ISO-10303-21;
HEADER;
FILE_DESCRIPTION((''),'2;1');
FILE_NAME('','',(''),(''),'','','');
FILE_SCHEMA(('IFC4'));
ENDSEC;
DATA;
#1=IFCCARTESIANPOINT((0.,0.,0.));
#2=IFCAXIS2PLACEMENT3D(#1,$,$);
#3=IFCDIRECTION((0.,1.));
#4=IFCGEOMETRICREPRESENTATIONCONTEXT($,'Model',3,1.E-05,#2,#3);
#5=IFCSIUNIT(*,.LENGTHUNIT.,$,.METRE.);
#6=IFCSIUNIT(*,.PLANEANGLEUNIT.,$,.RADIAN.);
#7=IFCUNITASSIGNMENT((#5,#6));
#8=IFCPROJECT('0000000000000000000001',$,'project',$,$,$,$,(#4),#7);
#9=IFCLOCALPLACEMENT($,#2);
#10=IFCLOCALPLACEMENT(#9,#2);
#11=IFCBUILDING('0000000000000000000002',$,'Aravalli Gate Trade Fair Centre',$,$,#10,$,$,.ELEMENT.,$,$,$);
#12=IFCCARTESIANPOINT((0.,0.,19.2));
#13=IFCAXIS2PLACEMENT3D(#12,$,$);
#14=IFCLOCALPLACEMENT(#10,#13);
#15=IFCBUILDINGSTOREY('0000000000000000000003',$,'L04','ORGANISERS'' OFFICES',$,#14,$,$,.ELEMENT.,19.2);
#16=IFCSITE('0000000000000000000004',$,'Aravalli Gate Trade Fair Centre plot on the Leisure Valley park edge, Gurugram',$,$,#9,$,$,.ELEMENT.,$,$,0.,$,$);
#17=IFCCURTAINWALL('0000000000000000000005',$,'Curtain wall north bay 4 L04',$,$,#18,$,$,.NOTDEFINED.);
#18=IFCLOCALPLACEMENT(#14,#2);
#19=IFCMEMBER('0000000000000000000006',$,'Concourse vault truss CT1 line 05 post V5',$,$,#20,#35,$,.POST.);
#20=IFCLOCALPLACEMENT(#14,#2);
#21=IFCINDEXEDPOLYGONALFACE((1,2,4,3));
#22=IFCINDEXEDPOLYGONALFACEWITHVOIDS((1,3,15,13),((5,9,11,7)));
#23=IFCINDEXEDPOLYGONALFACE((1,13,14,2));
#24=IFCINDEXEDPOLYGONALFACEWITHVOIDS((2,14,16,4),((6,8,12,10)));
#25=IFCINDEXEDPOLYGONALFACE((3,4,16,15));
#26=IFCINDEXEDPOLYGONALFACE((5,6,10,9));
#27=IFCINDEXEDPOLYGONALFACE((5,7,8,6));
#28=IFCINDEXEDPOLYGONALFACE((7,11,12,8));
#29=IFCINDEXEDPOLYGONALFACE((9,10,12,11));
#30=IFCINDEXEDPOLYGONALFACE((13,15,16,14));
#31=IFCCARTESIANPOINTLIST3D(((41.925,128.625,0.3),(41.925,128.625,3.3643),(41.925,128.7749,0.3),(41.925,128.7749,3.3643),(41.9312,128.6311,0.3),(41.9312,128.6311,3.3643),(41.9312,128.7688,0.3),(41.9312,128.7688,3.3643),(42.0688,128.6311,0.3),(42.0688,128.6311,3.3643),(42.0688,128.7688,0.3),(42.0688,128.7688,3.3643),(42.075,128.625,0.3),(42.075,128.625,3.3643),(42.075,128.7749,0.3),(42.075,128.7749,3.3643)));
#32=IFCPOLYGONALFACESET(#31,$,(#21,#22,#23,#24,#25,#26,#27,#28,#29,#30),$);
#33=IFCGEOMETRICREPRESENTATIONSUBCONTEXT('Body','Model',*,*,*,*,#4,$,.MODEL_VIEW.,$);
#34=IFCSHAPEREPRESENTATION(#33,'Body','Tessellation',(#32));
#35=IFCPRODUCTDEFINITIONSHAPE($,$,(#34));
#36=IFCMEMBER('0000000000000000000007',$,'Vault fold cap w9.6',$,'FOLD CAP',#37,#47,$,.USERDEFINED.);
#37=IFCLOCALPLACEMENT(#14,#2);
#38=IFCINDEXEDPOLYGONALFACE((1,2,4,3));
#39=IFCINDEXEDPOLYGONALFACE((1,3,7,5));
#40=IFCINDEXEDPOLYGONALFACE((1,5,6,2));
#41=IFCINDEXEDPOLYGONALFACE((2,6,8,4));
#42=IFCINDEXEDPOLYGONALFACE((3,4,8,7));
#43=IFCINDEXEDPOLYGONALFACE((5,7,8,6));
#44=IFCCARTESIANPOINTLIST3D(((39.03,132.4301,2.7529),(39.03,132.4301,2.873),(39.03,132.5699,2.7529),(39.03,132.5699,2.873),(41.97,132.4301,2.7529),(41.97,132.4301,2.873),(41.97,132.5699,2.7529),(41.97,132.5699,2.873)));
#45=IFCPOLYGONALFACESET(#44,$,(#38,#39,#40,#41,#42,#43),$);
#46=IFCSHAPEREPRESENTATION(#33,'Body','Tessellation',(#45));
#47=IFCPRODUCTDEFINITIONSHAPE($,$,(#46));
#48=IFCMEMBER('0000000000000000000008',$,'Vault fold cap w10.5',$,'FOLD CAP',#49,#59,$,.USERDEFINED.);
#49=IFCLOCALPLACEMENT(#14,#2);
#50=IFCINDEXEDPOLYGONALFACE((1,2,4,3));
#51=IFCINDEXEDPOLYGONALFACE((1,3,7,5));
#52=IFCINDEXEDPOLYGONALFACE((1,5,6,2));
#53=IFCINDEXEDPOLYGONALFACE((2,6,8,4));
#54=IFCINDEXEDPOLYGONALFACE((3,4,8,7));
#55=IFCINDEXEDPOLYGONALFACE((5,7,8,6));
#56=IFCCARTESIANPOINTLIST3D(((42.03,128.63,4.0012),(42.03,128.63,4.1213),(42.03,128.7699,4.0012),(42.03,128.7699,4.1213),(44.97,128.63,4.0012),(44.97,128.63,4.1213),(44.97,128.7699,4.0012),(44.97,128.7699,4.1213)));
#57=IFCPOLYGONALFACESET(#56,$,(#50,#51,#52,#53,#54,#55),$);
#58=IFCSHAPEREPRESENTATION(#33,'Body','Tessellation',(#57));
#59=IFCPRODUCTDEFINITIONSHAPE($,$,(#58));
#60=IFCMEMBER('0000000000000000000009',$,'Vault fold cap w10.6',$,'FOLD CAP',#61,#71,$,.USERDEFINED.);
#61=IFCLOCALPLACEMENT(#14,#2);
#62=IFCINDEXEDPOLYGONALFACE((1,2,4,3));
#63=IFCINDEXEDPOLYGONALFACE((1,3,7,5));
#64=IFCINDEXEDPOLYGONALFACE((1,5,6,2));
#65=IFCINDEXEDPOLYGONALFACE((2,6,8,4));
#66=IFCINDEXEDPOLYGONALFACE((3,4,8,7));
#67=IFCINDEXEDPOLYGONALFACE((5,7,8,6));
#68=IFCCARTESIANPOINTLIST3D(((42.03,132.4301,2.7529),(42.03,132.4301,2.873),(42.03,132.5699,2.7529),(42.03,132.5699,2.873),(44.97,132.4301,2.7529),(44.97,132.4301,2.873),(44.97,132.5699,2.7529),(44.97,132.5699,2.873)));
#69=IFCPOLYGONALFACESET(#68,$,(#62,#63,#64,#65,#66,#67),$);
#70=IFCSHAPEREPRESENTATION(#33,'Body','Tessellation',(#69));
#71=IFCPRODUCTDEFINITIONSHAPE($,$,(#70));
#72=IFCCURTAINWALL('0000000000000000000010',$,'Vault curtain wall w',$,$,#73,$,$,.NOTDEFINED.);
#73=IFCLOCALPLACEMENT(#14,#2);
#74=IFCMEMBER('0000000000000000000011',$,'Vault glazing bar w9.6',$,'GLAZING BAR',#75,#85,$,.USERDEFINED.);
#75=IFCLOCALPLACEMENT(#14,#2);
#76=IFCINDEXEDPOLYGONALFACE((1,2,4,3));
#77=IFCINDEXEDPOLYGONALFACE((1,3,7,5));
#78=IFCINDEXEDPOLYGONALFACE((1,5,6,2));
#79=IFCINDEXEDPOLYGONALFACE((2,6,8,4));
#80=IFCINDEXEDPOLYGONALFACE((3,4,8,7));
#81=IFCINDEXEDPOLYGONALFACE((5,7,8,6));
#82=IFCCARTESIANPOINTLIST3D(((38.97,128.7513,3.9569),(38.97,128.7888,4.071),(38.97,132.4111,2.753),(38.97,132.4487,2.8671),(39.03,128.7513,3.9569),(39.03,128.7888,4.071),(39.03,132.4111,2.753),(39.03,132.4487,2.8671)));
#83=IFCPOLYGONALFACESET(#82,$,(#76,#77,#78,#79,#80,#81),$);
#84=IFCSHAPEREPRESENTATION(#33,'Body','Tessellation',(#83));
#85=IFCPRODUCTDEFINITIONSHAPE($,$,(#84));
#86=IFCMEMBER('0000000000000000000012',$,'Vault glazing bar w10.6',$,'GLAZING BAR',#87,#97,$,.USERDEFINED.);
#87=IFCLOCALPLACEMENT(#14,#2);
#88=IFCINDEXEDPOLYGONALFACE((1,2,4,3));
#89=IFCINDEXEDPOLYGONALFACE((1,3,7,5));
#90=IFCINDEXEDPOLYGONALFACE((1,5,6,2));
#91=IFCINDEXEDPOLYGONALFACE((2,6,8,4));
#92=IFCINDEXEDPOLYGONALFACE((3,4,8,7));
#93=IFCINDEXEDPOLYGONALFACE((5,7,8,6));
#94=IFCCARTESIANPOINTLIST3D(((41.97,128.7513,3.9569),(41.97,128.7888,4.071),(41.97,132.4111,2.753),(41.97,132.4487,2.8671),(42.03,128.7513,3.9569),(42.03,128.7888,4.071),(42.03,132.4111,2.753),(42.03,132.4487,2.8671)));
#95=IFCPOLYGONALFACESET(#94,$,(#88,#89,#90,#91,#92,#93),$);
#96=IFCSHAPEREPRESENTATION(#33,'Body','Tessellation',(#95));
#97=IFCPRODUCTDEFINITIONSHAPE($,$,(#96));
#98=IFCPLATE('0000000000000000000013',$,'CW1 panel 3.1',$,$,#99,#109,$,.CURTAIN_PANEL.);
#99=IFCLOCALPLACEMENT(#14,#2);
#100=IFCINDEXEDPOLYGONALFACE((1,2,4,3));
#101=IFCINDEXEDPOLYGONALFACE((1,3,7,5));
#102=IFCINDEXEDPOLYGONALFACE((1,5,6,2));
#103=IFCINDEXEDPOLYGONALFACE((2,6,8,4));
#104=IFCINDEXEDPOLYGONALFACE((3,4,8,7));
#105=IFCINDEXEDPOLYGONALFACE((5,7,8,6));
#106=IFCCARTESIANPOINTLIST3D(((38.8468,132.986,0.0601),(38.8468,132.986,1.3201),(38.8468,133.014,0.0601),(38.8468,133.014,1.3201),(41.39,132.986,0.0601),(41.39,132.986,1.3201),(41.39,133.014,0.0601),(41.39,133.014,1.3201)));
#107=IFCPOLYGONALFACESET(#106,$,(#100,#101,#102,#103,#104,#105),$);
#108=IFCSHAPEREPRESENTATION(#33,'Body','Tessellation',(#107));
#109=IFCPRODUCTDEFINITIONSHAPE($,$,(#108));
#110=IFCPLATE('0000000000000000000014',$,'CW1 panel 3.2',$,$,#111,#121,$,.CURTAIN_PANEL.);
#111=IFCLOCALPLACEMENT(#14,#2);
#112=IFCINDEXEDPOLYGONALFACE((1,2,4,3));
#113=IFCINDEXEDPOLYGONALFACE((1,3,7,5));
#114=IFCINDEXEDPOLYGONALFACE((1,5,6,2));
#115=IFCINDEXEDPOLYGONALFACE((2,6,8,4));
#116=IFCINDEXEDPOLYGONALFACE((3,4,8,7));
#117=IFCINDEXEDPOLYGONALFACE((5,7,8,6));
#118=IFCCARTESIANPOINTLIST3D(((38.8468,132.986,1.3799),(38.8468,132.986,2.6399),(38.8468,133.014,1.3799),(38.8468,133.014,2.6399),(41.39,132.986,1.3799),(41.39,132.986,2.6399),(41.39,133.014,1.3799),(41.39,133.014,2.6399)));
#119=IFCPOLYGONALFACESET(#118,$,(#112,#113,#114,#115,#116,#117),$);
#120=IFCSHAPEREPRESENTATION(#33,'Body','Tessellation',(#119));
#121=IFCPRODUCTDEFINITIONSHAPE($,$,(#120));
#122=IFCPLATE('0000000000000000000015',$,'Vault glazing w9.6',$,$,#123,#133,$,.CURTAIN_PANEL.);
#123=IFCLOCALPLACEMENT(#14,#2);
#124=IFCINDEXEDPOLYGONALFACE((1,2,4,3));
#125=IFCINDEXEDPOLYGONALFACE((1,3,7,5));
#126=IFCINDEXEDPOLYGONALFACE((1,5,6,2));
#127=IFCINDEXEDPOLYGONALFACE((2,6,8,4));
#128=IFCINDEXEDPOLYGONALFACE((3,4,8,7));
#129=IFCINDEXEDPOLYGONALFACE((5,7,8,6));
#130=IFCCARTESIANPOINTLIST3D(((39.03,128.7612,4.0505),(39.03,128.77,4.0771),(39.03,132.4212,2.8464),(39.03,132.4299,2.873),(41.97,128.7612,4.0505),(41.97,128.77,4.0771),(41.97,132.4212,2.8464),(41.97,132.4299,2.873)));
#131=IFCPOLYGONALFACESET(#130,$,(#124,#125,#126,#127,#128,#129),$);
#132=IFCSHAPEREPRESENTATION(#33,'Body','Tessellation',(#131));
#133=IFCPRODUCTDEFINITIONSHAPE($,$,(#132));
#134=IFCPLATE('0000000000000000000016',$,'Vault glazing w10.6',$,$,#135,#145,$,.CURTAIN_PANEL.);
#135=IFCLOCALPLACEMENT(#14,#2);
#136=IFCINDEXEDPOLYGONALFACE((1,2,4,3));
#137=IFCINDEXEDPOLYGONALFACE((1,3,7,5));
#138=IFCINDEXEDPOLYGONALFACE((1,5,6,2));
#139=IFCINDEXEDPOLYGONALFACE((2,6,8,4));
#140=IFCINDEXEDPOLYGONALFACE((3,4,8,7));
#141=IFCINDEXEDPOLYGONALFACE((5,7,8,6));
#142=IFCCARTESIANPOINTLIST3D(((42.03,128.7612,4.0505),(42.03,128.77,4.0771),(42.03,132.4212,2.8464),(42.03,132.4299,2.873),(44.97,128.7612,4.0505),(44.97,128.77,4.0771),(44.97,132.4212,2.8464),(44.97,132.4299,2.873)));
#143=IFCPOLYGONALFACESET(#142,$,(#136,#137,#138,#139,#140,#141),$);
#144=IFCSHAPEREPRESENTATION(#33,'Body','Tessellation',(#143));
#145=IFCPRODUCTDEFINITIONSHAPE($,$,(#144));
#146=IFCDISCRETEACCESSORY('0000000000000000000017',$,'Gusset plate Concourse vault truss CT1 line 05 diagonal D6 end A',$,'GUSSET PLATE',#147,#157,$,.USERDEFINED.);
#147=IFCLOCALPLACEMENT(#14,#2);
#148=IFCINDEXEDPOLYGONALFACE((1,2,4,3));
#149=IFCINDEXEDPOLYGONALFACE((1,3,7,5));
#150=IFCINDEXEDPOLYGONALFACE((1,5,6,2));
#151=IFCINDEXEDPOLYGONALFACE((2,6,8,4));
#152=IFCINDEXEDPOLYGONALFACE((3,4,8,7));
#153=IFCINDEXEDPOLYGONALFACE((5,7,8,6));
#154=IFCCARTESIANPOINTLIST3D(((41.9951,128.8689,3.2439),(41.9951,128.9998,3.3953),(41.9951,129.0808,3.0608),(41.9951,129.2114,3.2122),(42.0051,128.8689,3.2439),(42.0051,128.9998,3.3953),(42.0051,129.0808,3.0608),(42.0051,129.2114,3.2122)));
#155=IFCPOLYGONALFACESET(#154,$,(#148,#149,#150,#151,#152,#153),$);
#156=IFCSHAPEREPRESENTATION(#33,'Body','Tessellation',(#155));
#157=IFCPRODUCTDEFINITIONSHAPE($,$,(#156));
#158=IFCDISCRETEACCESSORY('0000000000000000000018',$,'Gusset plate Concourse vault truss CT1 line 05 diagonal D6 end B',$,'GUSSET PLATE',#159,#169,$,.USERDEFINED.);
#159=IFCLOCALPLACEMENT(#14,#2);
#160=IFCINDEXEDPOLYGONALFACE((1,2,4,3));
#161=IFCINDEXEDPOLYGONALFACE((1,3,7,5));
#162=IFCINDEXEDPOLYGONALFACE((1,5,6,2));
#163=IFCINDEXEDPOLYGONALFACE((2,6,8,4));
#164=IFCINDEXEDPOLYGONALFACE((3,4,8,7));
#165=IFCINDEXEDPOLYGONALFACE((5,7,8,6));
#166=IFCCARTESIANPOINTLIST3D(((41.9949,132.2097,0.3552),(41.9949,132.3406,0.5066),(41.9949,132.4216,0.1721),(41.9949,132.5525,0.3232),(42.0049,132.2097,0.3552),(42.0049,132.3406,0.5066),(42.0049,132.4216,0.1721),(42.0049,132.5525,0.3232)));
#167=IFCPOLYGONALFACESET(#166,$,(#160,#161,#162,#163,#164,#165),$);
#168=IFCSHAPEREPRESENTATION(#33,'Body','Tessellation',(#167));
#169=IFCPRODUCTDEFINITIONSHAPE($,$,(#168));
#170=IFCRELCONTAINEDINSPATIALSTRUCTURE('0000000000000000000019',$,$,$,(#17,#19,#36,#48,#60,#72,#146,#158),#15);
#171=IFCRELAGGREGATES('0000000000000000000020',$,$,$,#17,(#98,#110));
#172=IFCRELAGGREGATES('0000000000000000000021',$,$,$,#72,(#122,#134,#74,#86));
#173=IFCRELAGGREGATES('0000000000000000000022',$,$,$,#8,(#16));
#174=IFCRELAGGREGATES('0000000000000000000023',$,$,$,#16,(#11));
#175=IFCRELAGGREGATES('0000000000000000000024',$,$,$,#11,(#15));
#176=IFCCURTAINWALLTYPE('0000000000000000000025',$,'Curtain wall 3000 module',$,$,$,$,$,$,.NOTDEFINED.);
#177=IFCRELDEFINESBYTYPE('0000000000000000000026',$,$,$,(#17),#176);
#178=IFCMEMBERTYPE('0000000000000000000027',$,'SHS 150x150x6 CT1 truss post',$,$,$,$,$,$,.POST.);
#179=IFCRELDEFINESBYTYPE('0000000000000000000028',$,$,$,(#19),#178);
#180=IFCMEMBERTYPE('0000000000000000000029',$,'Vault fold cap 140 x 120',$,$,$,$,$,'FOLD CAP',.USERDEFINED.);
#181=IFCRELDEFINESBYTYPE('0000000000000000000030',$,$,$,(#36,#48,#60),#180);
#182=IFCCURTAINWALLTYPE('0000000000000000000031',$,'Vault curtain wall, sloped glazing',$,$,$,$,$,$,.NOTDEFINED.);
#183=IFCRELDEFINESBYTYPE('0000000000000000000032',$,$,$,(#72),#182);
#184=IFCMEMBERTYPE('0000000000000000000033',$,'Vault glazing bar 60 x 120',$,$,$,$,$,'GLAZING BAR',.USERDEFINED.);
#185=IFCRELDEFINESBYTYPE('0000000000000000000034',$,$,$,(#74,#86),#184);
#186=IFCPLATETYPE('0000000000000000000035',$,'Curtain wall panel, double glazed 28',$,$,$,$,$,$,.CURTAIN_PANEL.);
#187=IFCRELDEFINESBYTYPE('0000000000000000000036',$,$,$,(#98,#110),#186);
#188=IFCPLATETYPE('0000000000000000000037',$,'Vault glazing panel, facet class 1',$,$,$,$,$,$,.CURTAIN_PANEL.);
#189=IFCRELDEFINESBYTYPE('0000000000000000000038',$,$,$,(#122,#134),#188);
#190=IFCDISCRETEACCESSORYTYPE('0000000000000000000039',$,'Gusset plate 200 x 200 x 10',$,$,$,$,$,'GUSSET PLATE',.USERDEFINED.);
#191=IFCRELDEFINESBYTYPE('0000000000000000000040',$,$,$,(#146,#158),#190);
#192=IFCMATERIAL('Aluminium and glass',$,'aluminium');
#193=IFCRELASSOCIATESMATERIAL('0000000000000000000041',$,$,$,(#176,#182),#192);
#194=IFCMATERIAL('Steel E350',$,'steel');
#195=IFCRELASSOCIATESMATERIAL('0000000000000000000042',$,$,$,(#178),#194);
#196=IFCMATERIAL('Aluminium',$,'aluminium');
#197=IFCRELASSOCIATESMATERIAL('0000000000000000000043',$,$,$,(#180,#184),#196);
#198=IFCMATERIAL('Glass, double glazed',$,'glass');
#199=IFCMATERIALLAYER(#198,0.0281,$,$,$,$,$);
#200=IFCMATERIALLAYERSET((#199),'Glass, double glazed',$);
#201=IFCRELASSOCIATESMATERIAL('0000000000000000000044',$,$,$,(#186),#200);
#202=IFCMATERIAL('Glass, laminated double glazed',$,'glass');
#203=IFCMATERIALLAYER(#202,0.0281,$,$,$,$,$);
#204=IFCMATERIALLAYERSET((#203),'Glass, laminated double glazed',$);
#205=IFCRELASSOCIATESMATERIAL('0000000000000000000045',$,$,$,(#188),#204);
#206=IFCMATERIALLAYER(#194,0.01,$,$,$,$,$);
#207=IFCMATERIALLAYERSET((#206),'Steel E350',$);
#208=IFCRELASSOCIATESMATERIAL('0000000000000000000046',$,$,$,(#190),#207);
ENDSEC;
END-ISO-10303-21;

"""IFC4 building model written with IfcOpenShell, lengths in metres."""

from ifc_helpers import new_model, si_unit, direction, frame, origin, origin_2d, place, context, subcontext, project, spatial, polyline, rectangle, hollow_rectangle, outline, extrude, material, layer, layer_set, material_profile, profile_set, type_object, element, aggregate, save


model = new_model("IFC4")

# Units and contexts
model_context = context("Model", 3, precision=1e-05, world=origin(), true_north=direction((0.0, 1.0)))
body_context = subcontext(model_context, "Body", "Model", "MODEL_VIEW")
ifc_project = project(units=[si_unit("LENGTHUNIT", "METRE"), si_unit("PLANEANGLEUNIT", "RADIAN")], contexts=[model_context])

# Site, building, storey
site_placement = place(None, origin())
site = spatial("IfcSite", under=ifc_project, at=site_placement, Name="Aravalli Gate Trade Fair Centre plot on the Leisure Valley park edge, Gurugram", CompositionType="ELEMENT", RefElevation=0.0)
building_placement = place(site_placement, origin())
building = spatial("IfcBuilding", under=site, at=building_placement, Name="Aravalli Gate Trade Fair Centre", CompositionType="ELEMENT")
storey_placement = place(building_placement, frame((0.0, 0.0, 19.2)))
storey = spatial("IfcBuildingStorey", under=building, at=storey_placement, Name="L04", Description="ORGANISERS' OFFICES", CompositionType="ELEMENT", Elevation=19.2)

# Curtain wall
ifc_material_1 = material(Name="Aluminium and glass", Category="aluminium")
curtain_wall_type_1 = type_object("IfcCurtainWallType", Name="Curtain wall 3000 module", PredefinedType="NOTDEFINED", material=ifc_material_1)
curtain_wall_1_placement = place(storey_placement, origin())
curtain_wall_1 = element("IfcCurtainWall", 1, at=curtain_wall_1_placement, inside=storey, type_object=curtain_wall_type_1, Name="Curtain wall north bay 4 L04", PredefinedType="NOTDEFINED")
ifc_material_2 = material(Name="Aluminium", Category="aluminium")

# Members
ifc_material_3 = material(Name="Steel E350", Category="steel")
ifc_material_profile_1 = material_profile(ifc_material_3, hollow_rectangle(XDim=0.1499, YDim=0.1499, WallThickness=0.0061, at=origin_2d()), Name="SHS 150x150x6")
ifc_profile_set_1 = profile_set([ifc_material_profile_1], Name="Steel E350")
member_type_1 = type_object("IfcMemberType", Name="SHS 150x150x6 CT1 truss post", PredefinedType="POST", material=ifc_profile_set_1)
member_1_placement = place(storey_placement, frame((42.0, 128.7, 0.3), z_axis=(0.0, 0.0, 1.0), x_axis=(1.0, 0.0, 0.0)))
element("IfcMember", 2, at=member_1_placement, inside=storey, type_object=member_type_1, Name="Concourse vault truss CT1 line 05 post V5", PredefinedType="POST", context=body_context, shape_type="SweptSolid", body=[
    extrude(hollow_rectangle(XDim=0.1499, YDim=0.1499, WallThickness=0.0061, at=origin_2d()), origin(), (0.0, 0.0, 1.0), 3.0642),
])
ifc_material_profile_2 = material_profile(ifc_material_2, rectangle(XDim=0.1399, YDim=0.1201, at=origin_2d()), Name="Vault fold cap 140 x 120")
ifc_profile_set_2 = profile_set([ifc_material_profile_2], Name="Aluminium")
member_type_2 = type_object("IfcMemberType", Name="Vault fold cap 140 x 120", ElementType="FOLD CAP", PredefinedType="USERDEFINED", material=ifc_profile_set_2)
for number, where, z_axis, x_axis, name in (
    (3, (39.03, 132.5, 2.813), (1.0, 0.0, 0.0), (0.0, 1.0, 0.0), "Vault fold cap w9.6"),
    (4, (42.03, 128.7, 4.0613), (1.0, 0.0, 0.0), (0.0, 1.0, 0.0), "Vault fold cap w10.5"),
    (5, (42.03, 132.5, 2.813), (1.0, 0.0, 0.0), (0.0, 1.0, 0.0), "Vault fold cap w10.6"),
):
    element("IfcMember", number, at=place(storey_placement, frame(where, z_axis=z_axis, x_axis=x_axis)), inside=storey, type_object=member_type_2, Name=name, ObjectType="FOLD CAP", PredefinedType="USERDEFINED", context=body_context, shape_type="SweptSolid", body=[
        extrude(rectangle(XDim=0.1399, YDim=0.1201, at=origin_2d()), origin(), (0.0, 0.0, 1.0), 2.9399),
    ])

# Curtain wall, members
curtain_wall_type_2 = type_object("IfcCurtainWallType", Name="Vault curtain wall, sloped glazing", PredefinedType="NOTDEFINED", material=ifc_material_1)
curtain_wall_2_placement = place(storey_placement, origin())
curtain_wall_2 = element("IfcCurtainWall", 6, at=curtain_wall_2_placement, inside=storey, type_object=curtain_wall_type_2, Name="Vault curtain wall w", PredefinedType="NOTDEFINED")
ifc_material_profile_3 = material_profile(ifc_material_2, rectangle(XDim=0.0601, YDim=0.1201, at=origin_2d()), Name="Vault glazing bar 60 x 120")
ifc_profile_set_3 = profile_set([ifc_material_profile_3], Name="Aluminium")
member_type_3 = type_object("IfcMemberType", Name="Vault glazing bar 60 x 120", ElementType="GLAZING BAR", PredefinedType="USERDEFINED", material=ifc_profile_set_3)
member_2_placement = place(storey_placement, frame((39.0, 128.77, 4.0139), z_axis=(0.0, 0.94993, -0.312461), x_axis=(-1.0, 0.0, 0.0)))
member_2 = element("IfcMember", 7, at=member_2_placement, type_object=member_type_3, Name="Vault glazing bar w9.6", ObjectType="GLAZING BAR", PredefinedType="USERDEFINED", context=body_context, shape_type="SweptSolid", body=[
    extrude(rectangle(XDim=0.0601, YDim=0.1201, at=origin_2d()), origin(), (0.0, 0.0, 1.0), 3.8528),
])
member_3_placement = place(storey_placement, frame((42.0, 128.77, 4.0139), z_axis=(0.0, 0.94993, -0.312461), x_axis=(-1.0, 0.0, 0.0)))
member_3 = element("IfcMember", 8, at=member_3_placement, type_object=member_type_3, Name="Vault glazing bar w10.6", ObjectType="GLAZING BAR", PredefinedType="USERDEFINED", context=body_context, shape_type="SweptSolid", body=[
    extrude(rectangle(XDim=0.0601, YDim=0.1201, at=origin_2d()), origin(), (0.0, 0.0, 1.0), 3.8528),
])

# Plates
ifc_material_4 = material(Name="Glass, double glazed", Category="glass")
ifc_layer_1 = layer(ifc_material_4, 0.0281)
ifc_layer_set_1 = layer_set([ifc_layer_1], Name="Glass, double glazed")
plate_type_1 = type_object("IfcPlateType", Name="Curtain wall panel, double glazed 28", PredefinedType="CURTAIN_PANEL", material=ifc_layer_set_1)
plate_1_placement = place(storey_placement, frame((40.1184, 133.0, 0.0601), z_axis=(0.0, 0.0, 1.0), x_axis=(1.0, 0.0, 0.0)))
plate_1 = element("IfcPlate", 9, at=plate_1_placement, type_object=plate_type_1, Name="CW1 panel 3.1", PredefinedType="CURTAIN_PANEL", context=body_context, shape_type="SweptSolid", body=[
    extrude(rectangle(XDim=2.5432, YDim=0.0281, at=origin_2d()), origin(), (0.0, 0.0, 1.0), 1.26),
])
plate_2_placement = place(storey_placement, frame((40.1184, 133.0, 1.3799), z_axis=(0.0, 0.0, 1.0), x_axis=(1.0, 0.0, 0.0)))
plate_2 = element("IfcPlate", 10, at=plate_2_placement, type_object=plate_type_1, Name="CW1 panel 3.2", PredefinedType="CURTAIN_PANEL", context=body_context, shape_type="SweptSolid", body=[
    extrude(rectangle(XDim=2.5432, YDim=0.0281, at=origin_2d()), origin(), (0.0, 0.0, 1.0), 1.26),
])
aggregate(curtain_wall_1, [plate_1, plate_2])
ifc_material_5 = material(Name="Glass, laminated double glazed", Category="glass")
ifc_layer_2 = layer(ifc_material_5, 0.0281)
ifc_layer_set_2 = layer_set([ifc_layer_2], Name="Glass, laminated double glazed")
plate_type_2 = type_object("IfcPlateType", Name="Vault glazing panel, facet class 1", PredefinedType="CURTAIN_PANEL", material=ifc_layer_set_2)
plate_3_placement = place(storey_placement, frame((39.03, 128.77, 4.0771), z_axis=(0.0, 0.312518, 0.949912), x_axis=(1.0, 0.0, 0.0)))
plate_3 = element("IfcPlate", 11, at=plate_3_placement, type_object=plate_type_2, Name="Vault glazing w9.6", PredefinedType="CURTAIN_PANEL", context=body_context, shape_type="SweptSolid", body=[
    extrude(outline(polyline([(0.0, 0.0), (2.9399, 0.0), (2.9399, 3.8529), (0.0, 3.8529), (0.0, 0.0)])), origin(), (0.0, 0.0, -1.0), 0.0281),
])
plate_4_placement = place(storey_placement, frame((42.03, 128.77, 4.0771), z_axis=(0.0, 0.312518, 0.949912), x_axis=(1.0, 0.0, 0.0)))
plate_4 = element("IfcPlate", 12, at=plate_4_placement, type_object=plate_type_2, Name="Vault glazing w10.6", PredefinedType="CURTAIN_PANEL", context=body_context, shape_type="SweptSolid", body=[
    extrude(outline(polyline([(0.0, 0.0), (2.9399, 0.0), (2.9399, 3.8529), (0.0, 3.8529), (0.0, 0.0)])), origin(), (0.0, 0.0, -1.0), 0.0281),
])
aggregate(curtain_wall_2, [plate_3, plate_4, member_2, member_3])

# Discrete accessories
ifc_layer_3 = layer(ifc_material_3, 0.01)
ifc_layer_set_3 = layer_set([ifc_layer_3], Name="Steel E350")
discrete_accessory_type = type_object("IfcDiscreteAccessoryType", Name="Gusset plate 200 x 200 x 10", ElementType="GUSSET PLATE", PredefinedType="USERDEFINED", material=ifc_layer_set_3)
discrete_accessory_1_placement = place(storey_placement, frame((41.9951, 129.0808, 3.0608), z_axis=(-1.0, 0.0, 0.0), x_axis=(0.0, -0.756666, 0.653801)))
element("IfcDiscreteAccessory", 13, at=discrete_accessory_1_placement, inside=storey, type_object=discrete_accessory_type, Name="Gusset plate Concourse vault truss CT1 line 05 diagonal D6 end A", ObjectType="GUSSET PLATE", PredefinedType="USERDEFINED", context=body_context, shape_type="SweptSolid", body=[
    extrude(outline(polyline([(0.0, 0.0), (0.2801, 0.0), (0.28, 0.2001), (0.0001, 0.1999), (0.0, 0.0)])), origin(), (0.0, 0.0, -1.0), 0.01),
])
discrete_accessory_2_placement = place(storey_placement, frame((42.0049, 132.2097, 0.3552), z_axis=(1.0, 0.0, 0.0), x_axis=(0.0, 0.756666, -0.653801)))
element("IfcDiscreteAccessory", 14, at=discrete_accessory_2_placement, inside=storey, type_object=discrete_accessory_type, Name="Gusset plate Concourse vault truss CT1 line 05 diagonal D6 end B", ObjectType="GUSSET PLATE", PredefinedType="USERDEFINED", context=body_context, shape_type="SweptSolid", body=[
    extrude(outline(polyline([(0.0, 0.0), (0.2801, 0.0), (0.2803, 0.1999), (0.0001, 0.2001), (0.0, 0.0)])), origin(), (0.0, 0.0, -1.0), 0.01),
])

save(model, "model.ifc")
